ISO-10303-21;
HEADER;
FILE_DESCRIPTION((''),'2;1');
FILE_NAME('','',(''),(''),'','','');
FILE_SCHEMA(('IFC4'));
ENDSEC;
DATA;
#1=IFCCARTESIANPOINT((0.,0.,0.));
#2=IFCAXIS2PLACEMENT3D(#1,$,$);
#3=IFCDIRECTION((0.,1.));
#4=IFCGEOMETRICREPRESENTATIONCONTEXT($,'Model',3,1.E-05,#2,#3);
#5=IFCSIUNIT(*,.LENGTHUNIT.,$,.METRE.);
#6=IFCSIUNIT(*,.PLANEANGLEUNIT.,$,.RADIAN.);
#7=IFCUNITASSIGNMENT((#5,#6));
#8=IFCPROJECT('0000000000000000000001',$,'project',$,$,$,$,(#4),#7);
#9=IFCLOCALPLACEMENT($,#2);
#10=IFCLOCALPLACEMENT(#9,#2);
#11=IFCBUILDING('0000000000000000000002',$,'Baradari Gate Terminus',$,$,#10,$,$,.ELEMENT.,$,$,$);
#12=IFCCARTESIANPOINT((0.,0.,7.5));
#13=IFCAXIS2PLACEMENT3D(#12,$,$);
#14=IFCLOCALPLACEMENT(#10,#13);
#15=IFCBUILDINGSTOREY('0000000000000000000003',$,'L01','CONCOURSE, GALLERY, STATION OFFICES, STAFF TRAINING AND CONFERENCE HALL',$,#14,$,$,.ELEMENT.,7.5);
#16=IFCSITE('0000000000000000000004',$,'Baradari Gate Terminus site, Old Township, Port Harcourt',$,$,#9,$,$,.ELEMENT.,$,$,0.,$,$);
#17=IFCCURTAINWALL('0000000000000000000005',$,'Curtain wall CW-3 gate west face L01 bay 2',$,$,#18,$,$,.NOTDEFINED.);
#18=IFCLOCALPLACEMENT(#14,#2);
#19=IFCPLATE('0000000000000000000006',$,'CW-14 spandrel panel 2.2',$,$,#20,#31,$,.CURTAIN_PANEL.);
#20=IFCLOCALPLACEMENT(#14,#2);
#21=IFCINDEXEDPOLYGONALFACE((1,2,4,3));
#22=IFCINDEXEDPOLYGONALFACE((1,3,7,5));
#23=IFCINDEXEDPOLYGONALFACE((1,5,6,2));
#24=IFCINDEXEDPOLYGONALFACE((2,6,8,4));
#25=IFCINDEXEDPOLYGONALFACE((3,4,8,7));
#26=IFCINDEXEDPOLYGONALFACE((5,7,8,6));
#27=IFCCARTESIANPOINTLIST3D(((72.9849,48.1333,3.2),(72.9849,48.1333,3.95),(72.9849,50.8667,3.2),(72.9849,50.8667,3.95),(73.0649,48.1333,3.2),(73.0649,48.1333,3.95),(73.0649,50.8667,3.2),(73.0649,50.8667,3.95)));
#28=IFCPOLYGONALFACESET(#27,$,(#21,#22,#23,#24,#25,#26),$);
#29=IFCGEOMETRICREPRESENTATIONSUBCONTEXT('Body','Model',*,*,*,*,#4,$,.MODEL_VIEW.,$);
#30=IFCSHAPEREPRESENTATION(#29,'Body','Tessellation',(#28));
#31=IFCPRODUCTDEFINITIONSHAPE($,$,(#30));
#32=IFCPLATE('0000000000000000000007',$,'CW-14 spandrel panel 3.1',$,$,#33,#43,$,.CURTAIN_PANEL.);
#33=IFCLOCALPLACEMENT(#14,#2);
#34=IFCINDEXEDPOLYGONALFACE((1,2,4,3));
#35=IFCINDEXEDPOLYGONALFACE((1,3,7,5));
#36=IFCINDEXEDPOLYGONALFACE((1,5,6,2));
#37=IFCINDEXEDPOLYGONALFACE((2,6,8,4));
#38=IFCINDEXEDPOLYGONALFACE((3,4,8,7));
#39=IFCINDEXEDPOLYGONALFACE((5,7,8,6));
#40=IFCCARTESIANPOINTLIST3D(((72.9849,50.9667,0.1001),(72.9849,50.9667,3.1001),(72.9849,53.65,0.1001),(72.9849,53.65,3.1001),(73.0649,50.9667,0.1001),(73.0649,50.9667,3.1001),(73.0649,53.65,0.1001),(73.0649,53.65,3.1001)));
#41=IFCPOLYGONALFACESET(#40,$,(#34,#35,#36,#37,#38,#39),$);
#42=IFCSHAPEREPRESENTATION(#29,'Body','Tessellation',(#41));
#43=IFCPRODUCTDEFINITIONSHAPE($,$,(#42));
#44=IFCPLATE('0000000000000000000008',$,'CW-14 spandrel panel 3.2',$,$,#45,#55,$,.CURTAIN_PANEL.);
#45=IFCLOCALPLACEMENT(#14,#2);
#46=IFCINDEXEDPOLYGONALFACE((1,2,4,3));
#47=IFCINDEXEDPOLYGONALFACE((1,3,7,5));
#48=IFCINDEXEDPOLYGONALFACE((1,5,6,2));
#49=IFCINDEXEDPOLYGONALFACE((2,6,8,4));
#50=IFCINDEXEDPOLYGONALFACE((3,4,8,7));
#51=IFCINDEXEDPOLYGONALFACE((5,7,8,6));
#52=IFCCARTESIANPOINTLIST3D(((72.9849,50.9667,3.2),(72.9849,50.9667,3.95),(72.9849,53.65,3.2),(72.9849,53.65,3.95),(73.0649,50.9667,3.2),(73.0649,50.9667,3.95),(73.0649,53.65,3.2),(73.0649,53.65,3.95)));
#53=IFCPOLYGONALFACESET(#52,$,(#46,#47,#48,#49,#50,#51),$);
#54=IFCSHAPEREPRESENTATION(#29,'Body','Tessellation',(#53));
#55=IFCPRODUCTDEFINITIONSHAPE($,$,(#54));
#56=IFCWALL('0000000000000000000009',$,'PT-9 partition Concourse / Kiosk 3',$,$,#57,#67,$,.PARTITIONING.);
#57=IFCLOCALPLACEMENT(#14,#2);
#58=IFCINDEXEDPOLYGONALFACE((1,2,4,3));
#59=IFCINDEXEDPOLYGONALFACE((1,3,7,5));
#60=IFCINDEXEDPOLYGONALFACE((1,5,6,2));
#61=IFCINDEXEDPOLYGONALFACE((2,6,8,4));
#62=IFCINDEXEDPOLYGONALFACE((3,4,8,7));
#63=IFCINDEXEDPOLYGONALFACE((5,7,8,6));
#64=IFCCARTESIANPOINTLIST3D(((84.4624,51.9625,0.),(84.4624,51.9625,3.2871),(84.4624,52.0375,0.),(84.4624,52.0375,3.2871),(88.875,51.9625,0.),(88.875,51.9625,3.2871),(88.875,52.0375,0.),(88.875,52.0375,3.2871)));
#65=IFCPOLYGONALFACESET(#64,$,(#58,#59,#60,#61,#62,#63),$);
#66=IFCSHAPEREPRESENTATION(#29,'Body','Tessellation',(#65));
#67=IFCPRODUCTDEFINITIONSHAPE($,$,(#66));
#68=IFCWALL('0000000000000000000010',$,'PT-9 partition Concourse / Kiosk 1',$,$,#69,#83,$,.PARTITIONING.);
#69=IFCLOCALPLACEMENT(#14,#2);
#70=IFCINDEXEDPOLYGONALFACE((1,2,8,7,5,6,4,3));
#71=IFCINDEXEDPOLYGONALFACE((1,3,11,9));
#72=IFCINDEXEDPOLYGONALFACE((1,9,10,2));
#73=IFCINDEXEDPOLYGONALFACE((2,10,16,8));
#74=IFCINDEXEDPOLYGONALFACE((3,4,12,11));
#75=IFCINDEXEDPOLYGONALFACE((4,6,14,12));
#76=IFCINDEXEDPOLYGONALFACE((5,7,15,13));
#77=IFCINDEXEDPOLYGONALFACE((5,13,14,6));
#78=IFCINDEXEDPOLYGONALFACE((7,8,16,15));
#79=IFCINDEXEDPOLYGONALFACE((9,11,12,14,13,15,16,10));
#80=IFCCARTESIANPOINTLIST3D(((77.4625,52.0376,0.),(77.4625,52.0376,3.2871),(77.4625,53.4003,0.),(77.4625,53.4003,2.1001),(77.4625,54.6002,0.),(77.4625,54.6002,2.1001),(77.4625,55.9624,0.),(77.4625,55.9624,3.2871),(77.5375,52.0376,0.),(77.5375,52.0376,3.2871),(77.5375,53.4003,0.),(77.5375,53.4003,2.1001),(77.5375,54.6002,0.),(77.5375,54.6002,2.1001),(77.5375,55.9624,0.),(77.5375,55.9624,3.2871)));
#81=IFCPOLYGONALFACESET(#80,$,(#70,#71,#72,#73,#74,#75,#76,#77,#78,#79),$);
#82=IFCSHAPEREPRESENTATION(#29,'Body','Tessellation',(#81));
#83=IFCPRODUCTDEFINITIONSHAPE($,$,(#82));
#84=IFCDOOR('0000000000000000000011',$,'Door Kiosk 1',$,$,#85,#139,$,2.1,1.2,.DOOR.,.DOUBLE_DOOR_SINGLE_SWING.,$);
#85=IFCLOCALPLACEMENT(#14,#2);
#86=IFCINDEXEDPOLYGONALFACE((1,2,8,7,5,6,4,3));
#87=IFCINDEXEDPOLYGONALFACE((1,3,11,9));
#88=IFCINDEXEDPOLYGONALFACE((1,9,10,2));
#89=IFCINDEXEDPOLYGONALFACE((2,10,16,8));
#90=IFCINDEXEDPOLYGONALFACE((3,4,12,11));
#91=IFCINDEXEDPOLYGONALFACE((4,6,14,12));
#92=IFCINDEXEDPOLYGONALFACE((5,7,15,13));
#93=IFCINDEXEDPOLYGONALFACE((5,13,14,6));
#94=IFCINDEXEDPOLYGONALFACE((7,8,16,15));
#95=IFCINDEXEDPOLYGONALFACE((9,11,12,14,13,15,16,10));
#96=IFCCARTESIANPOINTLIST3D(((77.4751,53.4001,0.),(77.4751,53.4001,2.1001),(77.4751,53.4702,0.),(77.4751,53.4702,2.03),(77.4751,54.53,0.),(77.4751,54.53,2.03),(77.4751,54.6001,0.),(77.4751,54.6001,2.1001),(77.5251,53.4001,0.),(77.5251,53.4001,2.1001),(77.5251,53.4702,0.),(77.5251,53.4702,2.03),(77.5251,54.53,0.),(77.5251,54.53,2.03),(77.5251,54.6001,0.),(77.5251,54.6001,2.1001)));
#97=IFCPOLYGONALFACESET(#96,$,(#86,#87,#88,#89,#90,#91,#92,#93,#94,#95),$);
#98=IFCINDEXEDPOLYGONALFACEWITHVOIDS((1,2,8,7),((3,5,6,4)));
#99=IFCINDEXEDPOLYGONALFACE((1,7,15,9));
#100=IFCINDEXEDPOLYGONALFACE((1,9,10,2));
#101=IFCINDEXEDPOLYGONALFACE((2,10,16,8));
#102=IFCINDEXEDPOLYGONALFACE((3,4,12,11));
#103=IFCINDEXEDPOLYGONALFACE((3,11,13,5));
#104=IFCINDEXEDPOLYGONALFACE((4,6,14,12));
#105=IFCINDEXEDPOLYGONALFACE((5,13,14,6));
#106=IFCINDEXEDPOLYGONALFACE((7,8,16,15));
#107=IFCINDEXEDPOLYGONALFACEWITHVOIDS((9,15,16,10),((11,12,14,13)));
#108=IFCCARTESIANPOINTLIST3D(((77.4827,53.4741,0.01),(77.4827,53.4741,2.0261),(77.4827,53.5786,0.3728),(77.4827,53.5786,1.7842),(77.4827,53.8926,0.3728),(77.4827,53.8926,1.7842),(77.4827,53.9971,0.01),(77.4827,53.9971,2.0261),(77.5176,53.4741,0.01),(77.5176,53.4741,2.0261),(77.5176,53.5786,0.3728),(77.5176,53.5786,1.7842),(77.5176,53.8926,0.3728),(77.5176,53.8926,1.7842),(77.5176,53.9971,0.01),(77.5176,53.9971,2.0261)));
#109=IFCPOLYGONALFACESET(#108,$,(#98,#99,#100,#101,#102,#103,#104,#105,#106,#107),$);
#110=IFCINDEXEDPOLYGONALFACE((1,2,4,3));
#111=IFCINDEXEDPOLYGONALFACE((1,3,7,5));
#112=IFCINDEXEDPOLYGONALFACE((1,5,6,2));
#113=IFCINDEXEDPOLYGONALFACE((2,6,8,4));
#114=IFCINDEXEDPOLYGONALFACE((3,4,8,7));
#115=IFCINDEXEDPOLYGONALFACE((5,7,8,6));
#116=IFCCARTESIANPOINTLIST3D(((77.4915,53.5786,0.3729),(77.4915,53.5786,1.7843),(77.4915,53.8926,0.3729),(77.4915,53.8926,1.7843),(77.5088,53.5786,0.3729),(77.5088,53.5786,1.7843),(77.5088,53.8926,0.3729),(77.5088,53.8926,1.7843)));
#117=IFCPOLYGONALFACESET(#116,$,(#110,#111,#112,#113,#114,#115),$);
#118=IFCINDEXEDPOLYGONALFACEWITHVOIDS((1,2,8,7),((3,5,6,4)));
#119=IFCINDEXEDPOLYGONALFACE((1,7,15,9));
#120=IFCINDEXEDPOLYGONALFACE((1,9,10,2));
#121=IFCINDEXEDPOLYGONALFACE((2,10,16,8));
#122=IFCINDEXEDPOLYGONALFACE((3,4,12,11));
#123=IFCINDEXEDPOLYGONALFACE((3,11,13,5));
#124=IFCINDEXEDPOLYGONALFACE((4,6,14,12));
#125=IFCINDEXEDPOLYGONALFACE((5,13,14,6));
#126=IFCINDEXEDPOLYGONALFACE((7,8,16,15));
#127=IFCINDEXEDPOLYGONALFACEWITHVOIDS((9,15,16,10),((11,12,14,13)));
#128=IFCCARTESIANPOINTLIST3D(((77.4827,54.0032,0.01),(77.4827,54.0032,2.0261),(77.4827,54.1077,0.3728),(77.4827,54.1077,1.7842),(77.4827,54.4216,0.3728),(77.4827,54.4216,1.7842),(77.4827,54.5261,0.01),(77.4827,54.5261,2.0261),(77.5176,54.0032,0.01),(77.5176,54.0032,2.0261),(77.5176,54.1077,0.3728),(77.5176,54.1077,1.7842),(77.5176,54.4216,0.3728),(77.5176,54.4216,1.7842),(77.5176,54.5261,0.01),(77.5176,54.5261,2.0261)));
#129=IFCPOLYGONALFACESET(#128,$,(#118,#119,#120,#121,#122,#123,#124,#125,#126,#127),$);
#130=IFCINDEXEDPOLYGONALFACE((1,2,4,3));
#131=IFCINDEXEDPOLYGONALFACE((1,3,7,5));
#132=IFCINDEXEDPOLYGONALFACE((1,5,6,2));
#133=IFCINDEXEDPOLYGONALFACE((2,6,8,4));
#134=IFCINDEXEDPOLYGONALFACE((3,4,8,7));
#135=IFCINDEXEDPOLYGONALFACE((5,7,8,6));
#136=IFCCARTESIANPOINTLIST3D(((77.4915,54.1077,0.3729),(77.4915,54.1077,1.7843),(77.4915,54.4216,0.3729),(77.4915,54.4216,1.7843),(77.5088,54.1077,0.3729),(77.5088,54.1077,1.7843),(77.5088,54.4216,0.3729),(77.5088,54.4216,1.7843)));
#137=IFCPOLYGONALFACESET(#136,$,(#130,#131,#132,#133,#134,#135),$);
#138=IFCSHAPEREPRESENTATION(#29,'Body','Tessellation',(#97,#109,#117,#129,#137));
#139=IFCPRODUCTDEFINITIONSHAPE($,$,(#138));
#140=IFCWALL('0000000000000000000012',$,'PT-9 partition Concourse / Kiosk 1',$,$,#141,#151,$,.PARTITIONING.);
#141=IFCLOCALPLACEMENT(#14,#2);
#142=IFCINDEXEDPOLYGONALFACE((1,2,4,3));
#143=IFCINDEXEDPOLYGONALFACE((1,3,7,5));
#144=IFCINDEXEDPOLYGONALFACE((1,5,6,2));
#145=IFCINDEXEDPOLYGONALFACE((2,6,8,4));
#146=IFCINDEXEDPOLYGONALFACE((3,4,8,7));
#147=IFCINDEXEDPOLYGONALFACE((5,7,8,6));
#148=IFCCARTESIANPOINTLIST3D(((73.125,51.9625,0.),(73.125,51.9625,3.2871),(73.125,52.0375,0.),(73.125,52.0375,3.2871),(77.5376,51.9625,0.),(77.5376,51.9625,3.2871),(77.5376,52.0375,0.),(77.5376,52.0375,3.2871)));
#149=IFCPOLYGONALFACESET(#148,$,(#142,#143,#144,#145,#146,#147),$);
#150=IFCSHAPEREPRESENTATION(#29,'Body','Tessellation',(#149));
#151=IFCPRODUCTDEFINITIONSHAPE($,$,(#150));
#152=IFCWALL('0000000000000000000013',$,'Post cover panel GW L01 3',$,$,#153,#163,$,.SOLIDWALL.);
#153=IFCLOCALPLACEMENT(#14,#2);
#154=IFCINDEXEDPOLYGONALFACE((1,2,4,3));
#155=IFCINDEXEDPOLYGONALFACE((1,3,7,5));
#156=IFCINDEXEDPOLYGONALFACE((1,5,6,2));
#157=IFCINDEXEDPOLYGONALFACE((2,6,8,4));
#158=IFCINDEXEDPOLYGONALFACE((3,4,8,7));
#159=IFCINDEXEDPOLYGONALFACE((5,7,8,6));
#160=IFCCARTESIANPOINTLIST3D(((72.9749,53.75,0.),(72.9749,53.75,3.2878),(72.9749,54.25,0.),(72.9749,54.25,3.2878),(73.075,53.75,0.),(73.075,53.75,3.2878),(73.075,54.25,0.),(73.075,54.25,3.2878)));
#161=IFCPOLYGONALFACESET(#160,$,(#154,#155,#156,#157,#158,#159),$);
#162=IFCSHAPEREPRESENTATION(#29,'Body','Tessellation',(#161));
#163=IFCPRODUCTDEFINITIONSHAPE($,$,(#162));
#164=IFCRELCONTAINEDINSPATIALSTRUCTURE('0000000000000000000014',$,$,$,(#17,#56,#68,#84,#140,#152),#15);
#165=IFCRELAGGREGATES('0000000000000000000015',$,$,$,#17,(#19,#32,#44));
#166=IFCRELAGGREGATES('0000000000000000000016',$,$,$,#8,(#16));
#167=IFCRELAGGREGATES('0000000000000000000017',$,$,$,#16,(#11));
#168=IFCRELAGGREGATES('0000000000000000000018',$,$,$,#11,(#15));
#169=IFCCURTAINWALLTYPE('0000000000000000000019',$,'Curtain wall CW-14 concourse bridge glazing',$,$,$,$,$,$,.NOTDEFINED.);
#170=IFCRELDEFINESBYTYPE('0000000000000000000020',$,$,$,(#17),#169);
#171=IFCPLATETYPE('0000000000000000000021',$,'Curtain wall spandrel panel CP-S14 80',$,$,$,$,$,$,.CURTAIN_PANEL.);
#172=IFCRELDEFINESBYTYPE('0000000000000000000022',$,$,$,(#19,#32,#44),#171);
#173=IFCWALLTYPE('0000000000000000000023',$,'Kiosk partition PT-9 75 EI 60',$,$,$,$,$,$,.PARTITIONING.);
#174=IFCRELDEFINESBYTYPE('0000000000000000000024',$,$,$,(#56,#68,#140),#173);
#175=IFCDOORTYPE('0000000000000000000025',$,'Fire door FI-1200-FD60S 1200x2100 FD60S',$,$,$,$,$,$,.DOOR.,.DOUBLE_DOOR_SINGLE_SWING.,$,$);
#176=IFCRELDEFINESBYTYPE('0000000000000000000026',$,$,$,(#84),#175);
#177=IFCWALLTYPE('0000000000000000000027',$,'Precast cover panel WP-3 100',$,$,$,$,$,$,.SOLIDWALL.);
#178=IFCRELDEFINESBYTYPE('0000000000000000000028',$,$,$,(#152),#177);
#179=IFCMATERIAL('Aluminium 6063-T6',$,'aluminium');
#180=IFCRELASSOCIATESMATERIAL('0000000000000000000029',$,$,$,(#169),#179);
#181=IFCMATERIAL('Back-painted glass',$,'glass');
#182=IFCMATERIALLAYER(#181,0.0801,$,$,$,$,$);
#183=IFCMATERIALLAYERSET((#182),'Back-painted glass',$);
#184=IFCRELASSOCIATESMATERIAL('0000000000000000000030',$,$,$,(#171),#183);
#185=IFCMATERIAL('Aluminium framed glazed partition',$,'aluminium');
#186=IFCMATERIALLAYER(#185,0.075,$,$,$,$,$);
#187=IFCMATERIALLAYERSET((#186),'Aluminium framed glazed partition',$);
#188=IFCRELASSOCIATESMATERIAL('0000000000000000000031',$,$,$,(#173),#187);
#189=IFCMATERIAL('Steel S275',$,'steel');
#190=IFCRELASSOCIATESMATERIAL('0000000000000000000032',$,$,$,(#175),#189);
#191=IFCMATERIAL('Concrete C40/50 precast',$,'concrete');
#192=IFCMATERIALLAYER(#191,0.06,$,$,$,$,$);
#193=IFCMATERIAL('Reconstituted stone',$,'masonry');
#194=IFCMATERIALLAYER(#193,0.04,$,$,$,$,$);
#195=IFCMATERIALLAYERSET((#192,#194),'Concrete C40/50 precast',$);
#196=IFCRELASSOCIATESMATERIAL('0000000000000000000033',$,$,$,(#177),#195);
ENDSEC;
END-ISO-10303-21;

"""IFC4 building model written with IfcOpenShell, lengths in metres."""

from ifc_helpers import new_model, si_unit, direction, frame, frame_2d, origin, origin_2d, place, context, subcontext, project, spatial, polyline, rectangle, outline, extrude, material, layer, layer_set, type_object, element, fill, aggregate, save


model = new_model("IFC4")

# Units and contexts
model_context = context("Model", 3, precision=1e-05, world=origin(), true_north=direction((0.0, 1.0)))
body_context = subcontext(model_context, "Body", "Model", "MODEL_VIEW")
ifc_project = project(units=[si_unit("LENGTHUNIT", "METRE"), si_unit("PLANEANGLEUNIT", "RADIAN")], contexts=[model_context])

# Site, building, storey
site_placement = place(None, origin())
site = spatial("IfcSite", under=ifc_project, at=site_placement, Name="Baradari Gate Terminus site, Old Township, Port Harcourt", CompositionType="ELEMENT", RefElevation=0.0)
building_placement = place(site_placement, origin())
building = spatial("IfcBuilding", under=site, at=building_placement, Name="Baradari Gate Terminus", CompositionType="ELEMENT")
storey_placement = place(building_placement, frame((0.0, 0.0, 7.5)))
storey = spatial("IfcBuildingStorey", under=building, at=storey_placement, Name="L01", Description="CONCOURSE, GALLERY, STATION OFFICES, STAFF TRAINING AND CONFERENCE HALL", CompositionType="ELEMENT", Elevation=7.5)

# Curtain wall
ifc_material_1 = material(Name="Aluminium 6063-T6", Category="aluminium")
curtain_wall_type = type_object("IfcCurtainWallType", Name="Curtain wall CW-14 concourse bridge glazing", PredefinedType="NOTDEFINED", material=ifc_material_1)
curtain_wall_1_placement = place(storey_placement, origin())
curtain_wall_1 = element("IfcCurtainWall", 1, at=curtain_wall_1_placement, inside=storey, type_object=curtain_wall_type, Name="Curtain wall CW-3 gate west face L01 bay 2", PredefinedType="NOTDEFINED")

# Plates
ifc_material_2 = material(Name="Back-painted glass", Category="glass")
ifc_layer_1 = layer(ifc_material_2, 0.0801)
ifc_layer_set_1 = layer_set([ifc_layer_1], Name="Back-painted glass")
plate_type_1 = type_object("IfcPlateType", Name="Curtain wall spandrel panel CP-S14 80", PredefinedType="CURTAIN_PANEL", material=ifc_layer_set_1)
plate_1_placement = place(storey_placement, frame((73.0249, 49.5, 3.2), z_axis=(0.0, 0.0, 1.0), x_axis=(0.0, 1.0, 0.0)))
plate_1 = element("IfcPlate", 2, at=plate_1_placement, type_object=plate_type_1, Name="CW-14 spandrel panel 2.2", PredefinedType="CURTAIN_PANEL", context=body_context, shape_type="SweptSolid", body=[
    extrude(rectangle(XDim=2.7334, YDim=0.0801, at=origin_2d()), origin(), (0.0, 0.0, 1.0), 0.75),
])
plate_2_placement = place(storey_placement, frame((73.0249, 52.3083, 0.1001), z_axis=(0.0, 0.0, 1.0), x_axis=(0.0, 1.0, 0.0)))
plate_2 = element("IfcPlate", 3, at=plate_2_placement, type_object=plate_type_1, Name="CW-14 spandrel panel 3.1", PredefinedType="CURTAIN_PANEL", context=body_context, shape_type="SweptSolid", body=[
    extrude(rectangle(XDim=2.6833, YDim=0.0801, at=origin_2d()), origin(), (0.0, 0.0, 1.0), 3.0),
])
plate_3_placement = place(storey_placement, frame((73.0249, 52.3083, 3.2), z_axis=(0.0, 0.0, 1.0), x_axis=(0.0, 1.0, 0.0)))
plate_3 = element("IfcPlate", 4, at=plate_3_placement, type_object=plate_type_1, Name="CW-14 spandrel panel 3.2", PredefinedType="CURTAIN_PANEL", context=body_context, shape_type="SweptSolid", body=[
    extrude(rectangle(XDim=2.6833, YDim=0.0801, at=origin_2d()), origin(), (0.0, 0.0, 1.0), 0.75),
])
aggregate(curtain_wall_1, [plate_1, plate_2, plate_3])

# Wall
ifc_material_3 = material(Name="Aluminium framed glazed partition", Category="aluminium")
ifc_layer_2 = layer(ifc_material_3, 0.075)
ifc_layer_set_2 = layer_set([ifc_layer_2], Name="Aluminium framed glazed partition")
wall_type_1 = type_object("IfcWallType", Name="Kiosk partition PT-9 75 EI 60", PredefinedType="PARTITIONING", material=ifc_layer_set_2)
wall_1_placement = place(storey_placement, frame((84.4624, 52.0, 0.0), z_axis=(0.0, 0.0, 1.0), x_axis=(1.0, 0.0, 0.0)))
element("IfcWall", 5, at=wall_1_placement, inside=storey, type_object=wall_type_1, Name="PT-9 partition Concourse / Kiosk 3", PredefinedType="PARTITIONING", context=body_context, shape_type="SweptSolid", body=[
    extrude(rectangle(XDim=4.4126, YDim=0.075, at=frame_2d((2.2063, 0.0))), origin(), (0.0, 0.0, 1.0), 3.2871),
])

# Wall, opening, door
wall_2_placement = place(storey_placement, frame((77.5, 52.0376, 0.0), z_axis=(0.0, 0.0, 1.0), x_axis=(0.0, 1.0, 0.0)))
wall_2 = element("IfcWall", 6, at=wall_2_placement, inside=storey, type_object=wall_type_1, Name="PT-9 partition Concourse / Kiosk 1", PredefinedType="PARTITIONING", context=body_context, shape_type="SweptSolid", body=[
    extrude(rectangle(XDim=3.9248, YDim=0.075, at=frame_2d((1.9624, 0.0))), origin(), (0.0, 0.0, 1.0), 3.2871),
])
opening_placement = place(wall_2_placement, frame((1.3625, 0.0, 0.0)))
opening = element("IfcOpeningElement", 7, at=opening_placement, cuts=wall_2, PredefinedType="OPENING", context=body_context, shape_type="SweptSolid", body=[
    extrude(rectangle(XDim=1.2, YDim=2.1001, at=frame_2d((0.6001, 1.05))), frame((0.0, 0.0474, 0.0), z_axis=(0.0, -1.0, 0.0), x_axis=(1.0, 0.0, 0.0)), (0.0, 0.0, 1.0), 0.095),
])
ifc_material_4 = material(Name="Steel S275", Category="steel")
door_type = type_object("IfcDoorType", Name="Fire door FI-1200-FD60S 1200x2100 FD60S", OperationType="DOUBLE_DOOR_SINGLE_SWING", PredefinedType="DOOR", material=ifc_material_4)
door_placement = place(opening_placement, origin())
door = element("IfcDoor", 8, at=door_placement, inside=storey, type_object=door_type, Name="Door Kiosk 1", OperationType="DOUBLE_DOOR_SINGLE_SWING", OverallHeight=2.1, OverallWidth=1.2, PredefinedType="DOOR", context=body_context, shape_type="SweptSolid", body=[
    extrude(outline(polyline([(0.0, 0.0), (0.0701, 0.0), (0.0701, 2.03), (1.1299, 2.03), (1.1299, 0.0), (1.2, 0.0), (1.2, 2.1001), (0.0, 2.1001), (0.0, 0.0)])), frame((0.0, 0.0249, 0.0), z_axis=(0.0, -1.0, 0.0), x_axis=(1.0, 0.0, 0.0)), (0.0, 0.0, 1.0), 0.05),
    extrude(outline(polyline([(0.074, 0.01), (0.5969, 0.01), (0.5969, 2.0261), (0.074, 2.0261), (0.074, 0.01)]), holes=[polyline([(0.1785, 0.3728), (0.4924, 0.3728), (0.4924, 1.7842), (0.1785, 1.7842), (0.1785, 0.3728)])]), frame((0.0, 0.0173, 0.0), z_axis=(0.0, -1.0, 0.0), x_axis=(1.0, 0.0, 0.0)), (0.0, 0.0, 1.0), 0.0349),
    extrude(rectangle(XDim=0.314, YDim=1.4114, at=frame_2d((0.3354, 1.0786))), frame((0.0, 0.0085, 0.0), z_axis=(0.0, -1.0, 0.0), x_axis=(1.0, 0.0, 0.0)), (0.0, 0.0, 1.0), 0.0173),
    extrude(outline(polyline([(0.603, 0.01), (1.126, 0.01), (1.126, 2.0261), (0.603, 2.0261), (0.603, 0.01)]), holes=[polyline([(0.7075, 0.3728), (1.0215, 0.3728), (1.0215, 1.7842), (0.7075, 1.7842), (0.7075, 0.3728)])]), frame((0.0, 0.0173, 0.0), z_axis=(0.0, -1.0, 0.0), x_axis=(1.0, 0.0, 0.0)), (0.0, 0.0, 1.0), 0.0349),
    extrude(rectangle(XDim=0.314, YDim=1.4114, at=frame_2d((0.8645, 1.0786))), frame((0.0, 0.0085, 0.0), z_axis=(0.0, -1.0, 0.0), x_axis=(1.0, 0.0, 0.0)), (0.0, 0.0, 1.0), 0.0173),
])
fill(opening, door)

# Walls
wall_3_placement = place(storey_placement, frame((73.125, 52.0, 0.0), z_axis=(0.0, 0.0, 1.0), x_axis=(1.0, 0.0, 0.0)))
element("IfcWall", 9, at=wall_3_placement, inside=storey, type_object=wall_type_1, Name="PT-9 partition Concourse / Kiosk 1", PredefinedType="PARTITIONING", context=body_context, shape_type="SweptSolid", body=[
    extrude(rectangle(XDim=4.4126, YDim=0.075, at=frame_2d((2.2063, 0.0))), origin(), (0.0, 0.0, 1.0), 3.2871),
])
ifc_material_5 = material(Name="Concrete C40/50 precast", Category="concrete")
ifc_layer_3 = layer(ifc_material_5, 0.06)
ifc_material_6 = material(Name="Reconstituted stone", Category="masonry")
ifc_layer_4 = layer(ifc_material_6, 0.04)
ifc_layer_set_3 = layer_set([ifc_layer_3, ifc_layer_4], Name="Concrete C40/50 precast")
wall_type_2 = type_object("IfcWallType", Name="Precast cover panel WP-3 100", PredefinedType="SOLIDWALL", material=ifc_layer_set_3)
wall_4_placement = place(storey_placement, frame((73.0249, 53.75, 0.0), z_axis=(0.0, 0.0, 1.0), x_axis=(0.0, 1.0, 0.0)))
element("IfcWall", 10, at=wall_4_placement, inside=storey, type_object=wall_type_2, Name="Post cover panel GW L01 3", PredefinedType="SOLIDWALL", context=body_context, shape_type="SweptSolid", body=[
    extrude(rectangle(XDim=0.5, YDim=0.1001, at=frame_2d((0.25, 0.0))), origin(), (0.0, 0.0, 1.0), 3.2878),
])

save(model, "model.ifc")
